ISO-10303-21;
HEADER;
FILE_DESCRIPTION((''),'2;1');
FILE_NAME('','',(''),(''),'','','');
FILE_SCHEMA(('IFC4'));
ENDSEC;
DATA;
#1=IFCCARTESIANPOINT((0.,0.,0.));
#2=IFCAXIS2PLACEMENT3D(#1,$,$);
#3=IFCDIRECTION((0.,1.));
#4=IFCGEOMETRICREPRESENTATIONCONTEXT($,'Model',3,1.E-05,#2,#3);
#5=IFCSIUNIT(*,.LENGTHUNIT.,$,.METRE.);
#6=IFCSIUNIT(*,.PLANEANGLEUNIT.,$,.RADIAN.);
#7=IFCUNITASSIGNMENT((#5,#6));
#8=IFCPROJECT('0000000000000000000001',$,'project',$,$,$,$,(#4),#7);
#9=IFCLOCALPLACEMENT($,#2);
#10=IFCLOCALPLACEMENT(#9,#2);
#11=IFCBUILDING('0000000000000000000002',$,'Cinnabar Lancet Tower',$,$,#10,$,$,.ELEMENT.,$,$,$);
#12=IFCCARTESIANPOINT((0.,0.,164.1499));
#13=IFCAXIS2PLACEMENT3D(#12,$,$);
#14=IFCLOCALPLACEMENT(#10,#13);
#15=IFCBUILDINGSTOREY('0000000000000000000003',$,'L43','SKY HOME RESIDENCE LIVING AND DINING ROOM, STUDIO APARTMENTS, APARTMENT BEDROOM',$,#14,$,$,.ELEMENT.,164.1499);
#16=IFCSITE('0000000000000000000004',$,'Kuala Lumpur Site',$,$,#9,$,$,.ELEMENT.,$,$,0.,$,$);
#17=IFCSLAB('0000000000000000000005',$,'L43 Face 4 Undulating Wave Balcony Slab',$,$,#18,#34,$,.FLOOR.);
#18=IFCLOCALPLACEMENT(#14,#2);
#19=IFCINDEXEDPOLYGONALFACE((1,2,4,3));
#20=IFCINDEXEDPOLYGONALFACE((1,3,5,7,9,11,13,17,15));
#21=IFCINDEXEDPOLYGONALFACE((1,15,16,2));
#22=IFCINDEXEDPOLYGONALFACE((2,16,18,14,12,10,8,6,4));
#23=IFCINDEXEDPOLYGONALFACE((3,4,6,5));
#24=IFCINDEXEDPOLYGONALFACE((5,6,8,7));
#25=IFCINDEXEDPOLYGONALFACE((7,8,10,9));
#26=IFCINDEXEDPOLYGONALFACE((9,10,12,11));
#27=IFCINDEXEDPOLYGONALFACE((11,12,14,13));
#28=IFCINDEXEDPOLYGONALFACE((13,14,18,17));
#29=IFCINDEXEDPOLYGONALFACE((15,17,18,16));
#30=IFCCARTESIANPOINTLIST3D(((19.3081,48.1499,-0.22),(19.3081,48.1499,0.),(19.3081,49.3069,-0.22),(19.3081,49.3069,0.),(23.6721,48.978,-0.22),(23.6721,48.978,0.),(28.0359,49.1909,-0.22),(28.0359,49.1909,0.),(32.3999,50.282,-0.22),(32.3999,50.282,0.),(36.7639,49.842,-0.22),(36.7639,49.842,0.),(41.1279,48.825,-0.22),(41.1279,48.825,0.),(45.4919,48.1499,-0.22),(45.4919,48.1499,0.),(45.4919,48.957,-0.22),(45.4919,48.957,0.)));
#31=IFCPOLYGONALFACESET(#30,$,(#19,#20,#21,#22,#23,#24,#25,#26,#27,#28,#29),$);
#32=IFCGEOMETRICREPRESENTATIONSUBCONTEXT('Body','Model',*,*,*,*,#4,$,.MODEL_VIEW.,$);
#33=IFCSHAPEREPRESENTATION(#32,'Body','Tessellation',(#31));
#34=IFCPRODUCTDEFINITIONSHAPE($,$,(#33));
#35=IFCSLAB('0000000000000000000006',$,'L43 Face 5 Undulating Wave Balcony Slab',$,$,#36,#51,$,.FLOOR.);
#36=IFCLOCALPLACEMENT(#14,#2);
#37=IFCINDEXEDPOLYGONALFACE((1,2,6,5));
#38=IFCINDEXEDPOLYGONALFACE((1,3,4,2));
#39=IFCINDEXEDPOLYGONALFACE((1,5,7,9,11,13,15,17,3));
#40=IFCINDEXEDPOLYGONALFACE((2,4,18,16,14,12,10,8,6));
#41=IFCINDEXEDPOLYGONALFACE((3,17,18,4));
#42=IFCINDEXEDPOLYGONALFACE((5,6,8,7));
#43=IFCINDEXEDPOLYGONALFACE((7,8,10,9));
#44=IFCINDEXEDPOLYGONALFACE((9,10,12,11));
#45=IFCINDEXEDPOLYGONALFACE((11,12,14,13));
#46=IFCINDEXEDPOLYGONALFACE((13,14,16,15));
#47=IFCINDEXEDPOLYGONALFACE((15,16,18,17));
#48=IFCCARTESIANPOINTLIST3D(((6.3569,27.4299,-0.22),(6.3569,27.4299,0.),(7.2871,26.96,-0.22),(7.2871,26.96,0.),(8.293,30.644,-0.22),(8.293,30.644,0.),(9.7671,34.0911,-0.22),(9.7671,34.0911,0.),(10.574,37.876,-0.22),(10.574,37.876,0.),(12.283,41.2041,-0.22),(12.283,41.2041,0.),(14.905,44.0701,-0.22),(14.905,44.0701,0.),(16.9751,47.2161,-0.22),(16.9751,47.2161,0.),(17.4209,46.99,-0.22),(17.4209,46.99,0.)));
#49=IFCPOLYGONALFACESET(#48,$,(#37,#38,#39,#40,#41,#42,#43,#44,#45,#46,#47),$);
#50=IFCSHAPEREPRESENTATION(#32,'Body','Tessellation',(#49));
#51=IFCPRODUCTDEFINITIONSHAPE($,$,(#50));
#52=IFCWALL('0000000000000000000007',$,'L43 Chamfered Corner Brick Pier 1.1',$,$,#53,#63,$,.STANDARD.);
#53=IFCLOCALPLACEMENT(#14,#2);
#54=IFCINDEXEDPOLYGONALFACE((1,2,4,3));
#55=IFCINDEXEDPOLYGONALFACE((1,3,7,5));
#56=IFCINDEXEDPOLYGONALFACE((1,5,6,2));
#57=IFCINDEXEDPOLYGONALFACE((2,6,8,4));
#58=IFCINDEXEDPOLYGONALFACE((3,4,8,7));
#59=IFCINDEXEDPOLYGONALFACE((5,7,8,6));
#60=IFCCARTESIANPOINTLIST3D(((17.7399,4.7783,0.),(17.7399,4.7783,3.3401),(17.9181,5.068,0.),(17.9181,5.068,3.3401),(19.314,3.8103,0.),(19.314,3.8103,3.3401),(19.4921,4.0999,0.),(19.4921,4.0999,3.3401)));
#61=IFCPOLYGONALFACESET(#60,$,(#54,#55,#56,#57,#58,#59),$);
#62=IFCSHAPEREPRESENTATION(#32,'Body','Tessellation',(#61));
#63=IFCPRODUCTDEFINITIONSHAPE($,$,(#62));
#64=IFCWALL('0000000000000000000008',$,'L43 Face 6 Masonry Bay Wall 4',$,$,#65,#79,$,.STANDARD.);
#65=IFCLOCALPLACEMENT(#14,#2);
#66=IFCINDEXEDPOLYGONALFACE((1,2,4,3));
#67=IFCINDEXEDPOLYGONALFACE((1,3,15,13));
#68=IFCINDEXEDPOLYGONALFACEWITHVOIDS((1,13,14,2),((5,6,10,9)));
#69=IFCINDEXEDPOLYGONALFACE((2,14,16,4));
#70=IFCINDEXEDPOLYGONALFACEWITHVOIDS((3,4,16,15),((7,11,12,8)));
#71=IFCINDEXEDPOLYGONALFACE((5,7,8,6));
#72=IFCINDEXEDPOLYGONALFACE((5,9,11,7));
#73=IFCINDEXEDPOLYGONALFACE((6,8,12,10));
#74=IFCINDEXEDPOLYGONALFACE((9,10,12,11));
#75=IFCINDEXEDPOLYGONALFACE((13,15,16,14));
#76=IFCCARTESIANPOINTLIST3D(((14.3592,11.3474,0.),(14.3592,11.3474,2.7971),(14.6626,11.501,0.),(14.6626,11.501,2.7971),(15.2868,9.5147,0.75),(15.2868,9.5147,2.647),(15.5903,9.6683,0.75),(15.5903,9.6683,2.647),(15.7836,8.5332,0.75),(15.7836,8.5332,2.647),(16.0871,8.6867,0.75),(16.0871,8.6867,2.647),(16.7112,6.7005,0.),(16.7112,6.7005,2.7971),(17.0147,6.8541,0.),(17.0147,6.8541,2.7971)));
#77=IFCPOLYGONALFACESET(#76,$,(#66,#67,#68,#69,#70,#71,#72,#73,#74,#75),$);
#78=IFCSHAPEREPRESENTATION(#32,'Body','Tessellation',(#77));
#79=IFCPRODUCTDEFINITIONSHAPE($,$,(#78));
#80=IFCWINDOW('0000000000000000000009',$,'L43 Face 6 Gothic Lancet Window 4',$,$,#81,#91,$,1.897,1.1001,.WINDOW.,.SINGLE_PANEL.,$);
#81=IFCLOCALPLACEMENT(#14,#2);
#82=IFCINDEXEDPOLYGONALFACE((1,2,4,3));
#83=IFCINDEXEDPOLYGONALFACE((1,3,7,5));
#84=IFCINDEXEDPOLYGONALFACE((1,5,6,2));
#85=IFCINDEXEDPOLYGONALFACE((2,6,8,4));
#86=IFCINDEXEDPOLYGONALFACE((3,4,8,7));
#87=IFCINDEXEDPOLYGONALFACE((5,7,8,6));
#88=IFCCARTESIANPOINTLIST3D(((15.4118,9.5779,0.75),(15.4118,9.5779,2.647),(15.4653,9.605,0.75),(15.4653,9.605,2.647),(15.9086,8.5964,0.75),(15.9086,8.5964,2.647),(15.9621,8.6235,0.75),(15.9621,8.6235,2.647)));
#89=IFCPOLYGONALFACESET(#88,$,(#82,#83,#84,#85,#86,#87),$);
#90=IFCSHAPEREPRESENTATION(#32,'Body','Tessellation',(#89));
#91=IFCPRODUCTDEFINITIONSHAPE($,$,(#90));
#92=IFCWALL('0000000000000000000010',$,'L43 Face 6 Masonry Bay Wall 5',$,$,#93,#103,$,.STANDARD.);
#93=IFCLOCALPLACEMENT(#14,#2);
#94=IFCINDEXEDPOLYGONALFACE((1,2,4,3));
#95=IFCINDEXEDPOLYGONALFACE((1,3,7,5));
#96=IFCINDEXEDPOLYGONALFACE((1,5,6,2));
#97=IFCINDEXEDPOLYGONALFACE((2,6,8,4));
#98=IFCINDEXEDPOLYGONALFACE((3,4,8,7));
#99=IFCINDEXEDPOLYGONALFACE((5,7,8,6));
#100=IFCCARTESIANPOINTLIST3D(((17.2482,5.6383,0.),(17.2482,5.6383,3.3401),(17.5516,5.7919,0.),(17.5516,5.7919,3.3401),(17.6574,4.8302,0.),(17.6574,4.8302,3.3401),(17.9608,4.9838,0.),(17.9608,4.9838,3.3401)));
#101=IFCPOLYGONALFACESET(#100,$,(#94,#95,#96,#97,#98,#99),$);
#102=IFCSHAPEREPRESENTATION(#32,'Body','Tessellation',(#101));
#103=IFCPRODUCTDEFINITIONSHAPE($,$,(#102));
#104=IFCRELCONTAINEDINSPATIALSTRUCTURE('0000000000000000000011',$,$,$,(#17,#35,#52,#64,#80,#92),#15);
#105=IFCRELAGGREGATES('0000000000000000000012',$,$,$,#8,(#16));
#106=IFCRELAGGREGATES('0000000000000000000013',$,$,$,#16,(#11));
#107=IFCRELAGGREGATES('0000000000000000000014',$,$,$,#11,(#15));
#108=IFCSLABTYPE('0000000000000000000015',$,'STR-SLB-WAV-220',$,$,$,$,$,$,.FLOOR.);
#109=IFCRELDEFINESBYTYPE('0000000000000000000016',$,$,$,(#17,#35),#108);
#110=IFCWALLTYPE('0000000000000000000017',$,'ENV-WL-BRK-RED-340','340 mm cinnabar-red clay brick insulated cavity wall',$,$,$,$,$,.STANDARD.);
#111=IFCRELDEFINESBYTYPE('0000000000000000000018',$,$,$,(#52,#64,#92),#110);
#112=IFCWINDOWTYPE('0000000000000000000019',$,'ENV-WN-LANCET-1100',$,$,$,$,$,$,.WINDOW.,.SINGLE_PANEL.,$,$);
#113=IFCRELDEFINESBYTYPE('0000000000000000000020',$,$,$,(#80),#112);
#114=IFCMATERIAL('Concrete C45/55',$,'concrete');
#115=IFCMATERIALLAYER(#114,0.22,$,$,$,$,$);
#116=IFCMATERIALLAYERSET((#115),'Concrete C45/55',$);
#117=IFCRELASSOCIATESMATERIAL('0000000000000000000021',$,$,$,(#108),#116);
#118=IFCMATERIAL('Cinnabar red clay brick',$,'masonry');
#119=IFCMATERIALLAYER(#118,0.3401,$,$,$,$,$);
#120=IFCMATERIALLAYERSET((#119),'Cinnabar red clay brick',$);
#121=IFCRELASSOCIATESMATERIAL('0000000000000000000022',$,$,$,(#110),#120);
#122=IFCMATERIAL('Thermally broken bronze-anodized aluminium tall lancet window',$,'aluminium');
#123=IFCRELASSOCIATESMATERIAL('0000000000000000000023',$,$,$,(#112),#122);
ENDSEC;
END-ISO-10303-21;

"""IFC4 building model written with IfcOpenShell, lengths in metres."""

from ifc_helpers import new_model, si_unit, direction, frame, frame_2d, origin, place, context, subcontext, project, spatial, polyline, rectangle, outline, extrude, material, layer, layer_set, type_object, element, fill, save


model = new_model("IFC4")

# Units and contexts
model_context = context("Model", 3, precision=1e-05, world=origin(), true_north=direction((0.0, 1.0)))
body_context = subcontext(model_context, "Body", "Model", "MODEL_VIEW")
ifc_project = project(units=[si_unit("LENGTHUNIT", "METRE"), si_unit("PLANEANGLEUNIT", "RADIAN")], contexts=[model_context])

# Site, building, storey
site_placement = place(None, origin())
site = spatial("IfcSite", under=ifc_project, at=site_placement, Name="Kuala Lumpur Site", CompositionType="ELEMENT", RefElevation=0.0)
building_placement = place(site_placement, origin())
building = spatial("IfcBuilding", under=site, at=building_placement, Name="Cinnabar Lancet Tower", CompositionType="ELEMENT")
storey_placement = place(building_placement, frame((0.0, 0.0, 164.1499)))
storey = spatial("IfcBuildingStorey", under=building, at=storey_placement, Name="L43", Description="SKY HOME RESIDENCE LIVING AND DINING ROOM, STUDIO APARTMENTS, APARTMENT BEDROOM", CompositionType="ELEMENT", Elevation=164.1499)

# Slabs
ifc_material_1 = material(Name="Concrete C45/55", Category="concrete")
ifc_layer_1 = layer(ifc_material_1, 0.22)
ifc_layer_set_1 = layer_set([ifc_layer_1], Name="Concrete C45/55")
slab_type_1 = type_object("IfcSlabType", Name="STR-SLB-WAV-220", PredefinedType="FLOOR", material=ifc_layer_set_1)
slab_1_placement = place(storey_placement, frame((0.0, 0.0, -0.22)))
element("IfcSlab", 1, at=slab_1_placement, inside=storey, type_object=slab_type_1, Name="L43 Face 4 Undulating Wave Balcony Slab", PredefinedType="FLOOR", context=body_context, shape_type="SweptSolid", body=[
    extrude(outline(polyline([(45.4919, 48.1499), (45.4919, 48.957), (41.1279, 48.825), (36.7639, 49.842), (32.3999, 50.282), (28.0359, 49.1909), (23.6721, 48.978), (19.3081, 49.3069), (19.3081, 48.1499), (45.4919, 48.1499)])), origin(), (0.0, 0.0, 1.0), 0.22),
])
slab_2_placement = place(storey_placement, frame((0.0, 0.0, -0.22)))
element("IfcSlab", 2, at=slab_2_placement, inside=storey, type_object=slab_type_1, Name="L43 Face 5 Undulating Wave Balcony Slab", PredefinedType="FLOOR", context=body_context, shape_type="SweptSolid", body=[
    extrude(outline(polyline([(17.4209, 46.99), (16.9751, 47.2161), (14.905, 44.0701), (12.283, 41.2041), (10.574, 37.876), (9.7671, 34.0911), (8.293, 30.644), (6.3569, 27.4299), (7.2871, 26.96), (17.4209, 46.99)])), origin(), (0.0, 0.0, 1.0), 0.22),
])

# Wall
ifc_material_2 = material(Name="Cinnabar red clay brick", Category="masonry")
ifc_layer_2 = layer(ifc_material_2, 0.3401)
ifc_layer_set_2 = layer_set([ifc_layer_2], Name="Cinnabar red clay brick")
wall_type = type_object("IfcWallType", Name="ENV-WL-BRK-RED-340", Description="340 mm cinnabar-red clay brick insulated cavity wall", PredefinedType="STANDARD", material=ifc_layer_set_2)
wall_1_placement = place(storey_placement, frame((17.8291, 4.9231, 0.0), z_axis=(0.0, 0.0, 1.0), x_axis=(0.851799, -0.523869, 0.0)))
element("IfcWall", 3, at=wall_1_placement, inside=storey, type_object=wall_type, Name="L43 Chamfered Corner Brick Pier 1.1", PredefinedType="STANDARD", context=body_context, shape_type="SweptSolid", body=[
    extrude(rectangle(XDim=1.8479, YDim=0.3401, at=frame_2d((0.9238, 0.0))), origin(), (0.0, 0.0, 1.0), 3.3401),
])

# Wall, opening, window
wall_2_placement = place(storey_placement, frame((14.511, 11.4241, 0.0), z_axis=(0.0, 0.0, 1.0), x_axis=(0.451596, -0.892223, 0.0)))
wall_2 = element("IfcWall", 4, at=wall_2_placement, inside=storey, type_object=wall_type, Name="L43 Face 6 Masonry Bay Wall 4", PredefinedType="STANDARD", context=body_context, shape_type="SweptSolid", body=[
    extrude(rectangle(XDim=5.2083, YDim=0.3401, at=frame_2d((2.604, 0.0))), origin(), (0.0, 0.0, 1.0), 2.7971),
])
opening_placement = place(wall_2_placement, frame((2.054, 0.0, 0.75)))
opening = element("IfcOpeningElement", 5, at=opening_placement, cuts=wall_2, PredefinedType="OPENING", context=body_context, shape_type="SweptSolid", body=[
    extrude(rectangle(XDim=1.1001, YDim=1.897, at=frame_2d((0.55, 0.9485))), frame((0.0, 0.1799, 0.0), z_axis=(0.0, -1.0, 0.0), x_axis=(1.0, 0.0, 0.0)), (0.0, 0.0, 1.0), 0.3601),
])
ifc_material_3 = material(Name="Thermally broken bronze-anodized aluminium tall lancet window", Category="aluminium")
window_type = type_object("IfcWindowType", Name="ENV-WN-LANCET-1100", PartitioningType="SINGLE_PANEL", PredefinedType="WINDOW", material=ifc_material_3)
window_placement = place(opening_placement, origin())
window = element("IfcWindow", 6, at=window_placement, inside=storey, type_object=window_type, Name="L43 Face 6 Gothic Lancet Window 4", OverallHeight=1.897, OverallWidth=1.1001, PartitioningType="SINGLE_PANEL", PredefinedType="WINDOW", context=body_context, shape_type="SweptSolid", body=[
    extrude(rectangle(XDim=1.1001, YDim=1.897, at=frame_2d((0.55, 0.9485))), frame((0.0, 0.03, 0.0), z_axis=(0.0, -1.0, 0.0), x_axis=(1.0, 0.0, 0.0)), (0.0, 0.0, 1.0), 0.0601),
])
fill(opening, window)

# Wall
wall_3_placement = place(storey_placement, frame((17.3999, 5.7151, 0.0), z_axis=(0.0, 0.0, 1.0), x_axis=(0.451736, -0.892152, 0.0)))
element("IfcWall", 7, at=wall_3_placement, inside=storey, type_object=wall_type, Name="L43 Face 6 Masonry Bay Wall 5", PredefinedType="STANDARD", context=body_context, shape_type="SweptSolid", body=[
    extrude(rectangle(XDim=0.9058, YDim=0.3401, at=frame_2d((0.4529, 0.0))), origin(), (0.0, 0.0, 1.0), 3.3401),
])

save(model, "model.ifc")
